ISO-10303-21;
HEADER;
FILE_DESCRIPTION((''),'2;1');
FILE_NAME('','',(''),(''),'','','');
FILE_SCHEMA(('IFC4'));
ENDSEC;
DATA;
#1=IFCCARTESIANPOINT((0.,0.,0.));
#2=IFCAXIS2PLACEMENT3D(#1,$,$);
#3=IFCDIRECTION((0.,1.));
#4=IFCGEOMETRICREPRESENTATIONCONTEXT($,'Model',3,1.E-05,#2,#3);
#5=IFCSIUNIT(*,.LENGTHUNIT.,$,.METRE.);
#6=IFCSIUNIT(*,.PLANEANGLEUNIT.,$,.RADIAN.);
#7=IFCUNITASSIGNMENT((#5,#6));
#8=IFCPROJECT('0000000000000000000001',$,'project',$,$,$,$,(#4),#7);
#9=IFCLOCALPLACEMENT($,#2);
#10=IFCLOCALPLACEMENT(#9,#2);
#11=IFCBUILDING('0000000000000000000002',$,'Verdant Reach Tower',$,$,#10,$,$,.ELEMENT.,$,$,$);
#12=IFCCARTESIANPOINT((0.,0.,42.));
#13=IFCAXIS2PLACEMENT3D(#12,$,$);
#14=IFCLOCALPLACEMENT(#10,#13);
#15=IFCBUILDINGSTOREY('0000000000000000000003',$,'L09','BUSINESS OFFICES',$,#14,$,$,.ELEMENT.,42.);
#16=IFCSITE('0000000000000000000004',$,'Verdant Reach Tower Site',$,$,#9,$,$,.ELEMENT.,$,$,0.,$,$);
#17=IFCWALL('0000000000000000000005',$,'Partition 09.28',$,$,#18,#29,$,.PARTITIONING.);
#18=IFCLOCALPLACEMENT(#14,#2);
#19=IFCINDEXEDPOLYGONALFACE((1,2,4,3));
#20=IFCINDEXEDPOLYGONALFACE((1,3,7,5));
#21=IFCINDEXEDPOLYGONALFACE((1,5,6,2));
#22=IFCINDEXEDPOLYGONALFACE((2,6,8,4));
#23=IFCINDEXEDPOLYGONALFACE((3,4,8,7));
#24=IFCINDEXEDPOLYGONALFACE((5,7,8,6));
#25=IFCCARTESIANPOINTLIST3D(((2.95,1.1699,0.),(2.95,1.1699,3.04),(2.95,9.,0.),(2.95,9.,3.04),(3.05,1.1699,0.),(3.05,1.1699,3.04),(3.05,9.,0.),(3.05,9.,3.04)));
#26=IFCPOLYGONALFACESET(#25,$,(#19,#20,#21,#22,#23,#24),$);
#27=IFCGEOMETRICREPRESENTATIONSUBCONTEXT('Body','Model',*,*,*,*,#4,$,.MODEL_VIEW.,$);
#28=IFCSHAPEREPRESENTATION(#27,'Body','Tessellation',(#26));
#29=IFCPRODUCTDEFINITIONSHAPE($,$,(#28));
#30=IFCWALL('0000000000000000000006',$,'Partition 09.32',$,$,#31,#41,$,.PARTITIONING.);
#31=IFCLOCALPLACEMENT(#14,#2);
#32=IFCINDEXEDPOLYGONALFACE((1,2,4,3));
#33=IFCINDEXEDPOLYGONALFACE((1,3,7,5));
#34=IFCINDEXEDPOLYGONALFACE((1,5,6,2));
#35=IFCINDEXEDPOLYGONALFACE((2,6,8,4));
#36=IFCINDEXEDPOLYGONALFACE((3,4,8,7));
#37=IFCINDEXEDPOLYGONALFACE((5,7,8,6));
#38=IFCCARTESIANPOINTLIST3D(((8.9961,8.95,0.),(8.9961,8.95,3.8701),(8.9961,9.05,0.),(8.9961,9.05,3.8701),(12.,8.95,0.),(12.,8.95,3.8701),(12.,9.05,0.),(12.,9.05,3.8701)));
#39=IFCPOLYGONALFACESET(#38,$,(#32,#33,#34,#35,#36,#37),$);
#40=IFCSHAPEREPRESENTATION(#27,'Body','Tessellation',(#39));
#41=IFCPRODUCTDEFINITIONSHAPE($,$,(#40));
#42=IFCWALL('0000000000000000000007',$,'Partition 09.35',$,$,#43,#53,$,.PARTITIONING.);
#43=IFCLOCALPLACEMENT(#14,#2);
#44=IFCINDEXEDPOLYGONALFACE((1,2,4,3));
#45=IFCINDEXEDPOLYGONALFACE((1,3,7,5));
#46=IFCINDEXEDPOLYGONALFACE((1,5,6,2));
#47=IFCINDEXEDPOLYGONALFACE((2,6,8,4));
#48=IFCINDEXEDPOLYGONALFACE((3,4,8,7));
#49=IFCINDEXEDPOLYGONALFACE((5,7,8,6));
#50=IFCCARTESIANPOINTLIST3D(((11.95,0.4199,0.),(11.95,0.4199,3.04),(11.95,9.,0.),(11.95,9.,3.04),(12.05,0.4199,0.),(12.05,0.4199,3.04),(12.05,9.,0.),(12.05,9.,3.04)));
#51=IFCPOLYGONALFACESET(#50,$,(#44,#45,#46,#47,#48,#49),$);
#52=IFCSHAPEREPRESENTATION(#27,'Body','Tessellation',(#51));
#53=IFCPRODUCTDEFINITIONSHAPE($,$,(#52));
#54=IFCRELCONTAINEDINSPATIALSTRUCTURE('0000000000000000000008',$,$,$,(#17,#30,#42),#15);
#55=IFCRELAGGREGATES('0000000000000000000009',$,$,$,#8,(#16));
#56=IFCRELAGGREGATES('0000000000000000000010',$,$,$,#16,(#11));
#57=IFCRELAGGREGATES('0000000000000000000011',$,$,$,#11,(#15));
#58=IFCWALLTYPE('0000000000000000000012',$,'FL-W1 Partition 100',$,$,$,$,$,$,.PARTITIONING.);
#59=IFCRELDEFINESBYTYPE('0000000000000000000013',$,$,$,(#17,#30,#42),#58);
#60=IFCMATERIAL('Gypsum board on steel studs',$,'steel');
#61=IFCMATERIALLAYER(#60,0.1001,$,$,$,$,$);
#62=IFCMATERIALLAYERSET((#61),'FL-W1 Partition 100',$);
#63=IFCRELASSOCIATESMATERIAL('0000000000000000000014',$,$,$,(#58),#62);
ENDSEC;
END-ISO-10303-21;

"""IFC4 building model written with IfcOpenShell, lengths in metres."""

from ifc_helpers import new_model, si_unit, direction, frame, frame_2d, origin, place, context, subcontext, project, spatial, rectangle, extrude, material, layer, layer_set, type_object, element, save


model = new_model("IFC4")

# Units and contexts
model_context = context("Model", 3, precision=1e-05, world=origin(), true_north=direction((0.0, 1.0)))
body_context = subcontext(model_context, "Body", "Model", "MODEL_VIEW")
ifc_project = project(units=[si_unit("LENGTHUNIT", "METRE"), si_unit("PLANEANGLEUNIT", "RADIAN")], contexts=[model_context])

# Site, building, storey
site_placement = place(None, origin())
site = spatial("IfcSite", under=ifc_project, at=site_placement, Name="Verdant Reach Tower Site", CompositionType="ELEMENT", RefElevation=0.0)
building_placement = place(site_placement, origin())
building = spatial("IfcBuilding", under=site, at=building_placement, Name="Verdant Reach Tower", CompositionType="ELEMENT")
storey_placement = place(building_placement, frame((0.0, 0.0, 42.0)))
storey = spatial("IfcBuildingStorey", under=building, at=storey_placement, Name="L09", Description="BUSINESS OFFICES", CompositionType="ELEMENT", Elevation=42.0)

# Shared definitions
ifc_material_1 = material(Name="Gypsum board on steel studs", Category="steel")
ifc_layer_1 = layer(ifc_material_1, 0.1001)
ifc_layer_set_1 = layer_set([ifc_layer_1], Name="FL-W1 Partition 100")
wall_type = type_object("IfcWallType", Name="FL-W1 Partition 100", PredefinedType="PARTITIONING", material=ifc_layer_set_1)

# Walls
wall_1_placement = place(storey_placement, frame((3.0, 1.1699, 0.0), z_axis=(0.0, 0.0, 1.0), x_axis=(0.0, 1.0, 0.0)))
element("IfcWall", 1, at=wall_1_placement, inside=storey, type_object=wall_type, Name="Partition 09.28", PredefinedType="PARTITIONING", context=body_context, shape_type="SweptSolid", body=[
    extrude(rectangle(XDim=7.8301, YDim=0.1001, at=frame_2d((3.915, 0.0))), origin(), (0.0, 0.0, 1.0), 3.04),
])
wall_2_placement = place(storey_placement, frame((8.9961, 9.0, 0.0), z_axis=(0.0, 0.0, 1.0), x_axis=(1.0, 0.0, 0.0)))
element("IfcWall", 2, at=wall_2_placement, inside=storey, type_object=wall_type, Name="Partition 09.32", PredefinedType="PARTITIONING", context=body_context, shape_type="SweptSolid", body=[
    extrude(rectangle(XDim=3.0039, YDim=0.1001, at=frame_2d((1.502, 0.0))), origin(), (0.0, 0.0, 1.0), 3.8701),
])
wall_3_placement = place(storey_placement, frame((12.0, 0.4199, 0.0), z_axis=(0.0, 0.0, 1.0), x_axis=(0.0, 1.0, 0.0)))
element("IfcWall", 3, at=wall_3_placement, inside=storey, type_object=wall_type, Name="Partition 09.35", PredefinedType="PARTITIONING", context=body_context, shape_type="SweptSolid", body=[
    extrude(rectangle(XDim=8.5801, YDim=0.1001, at=frame_2d((4.29, 0.0))), origin(), (0.0, 0.0, 1.0), 3.04),
])

save(model, "model.ifc")
